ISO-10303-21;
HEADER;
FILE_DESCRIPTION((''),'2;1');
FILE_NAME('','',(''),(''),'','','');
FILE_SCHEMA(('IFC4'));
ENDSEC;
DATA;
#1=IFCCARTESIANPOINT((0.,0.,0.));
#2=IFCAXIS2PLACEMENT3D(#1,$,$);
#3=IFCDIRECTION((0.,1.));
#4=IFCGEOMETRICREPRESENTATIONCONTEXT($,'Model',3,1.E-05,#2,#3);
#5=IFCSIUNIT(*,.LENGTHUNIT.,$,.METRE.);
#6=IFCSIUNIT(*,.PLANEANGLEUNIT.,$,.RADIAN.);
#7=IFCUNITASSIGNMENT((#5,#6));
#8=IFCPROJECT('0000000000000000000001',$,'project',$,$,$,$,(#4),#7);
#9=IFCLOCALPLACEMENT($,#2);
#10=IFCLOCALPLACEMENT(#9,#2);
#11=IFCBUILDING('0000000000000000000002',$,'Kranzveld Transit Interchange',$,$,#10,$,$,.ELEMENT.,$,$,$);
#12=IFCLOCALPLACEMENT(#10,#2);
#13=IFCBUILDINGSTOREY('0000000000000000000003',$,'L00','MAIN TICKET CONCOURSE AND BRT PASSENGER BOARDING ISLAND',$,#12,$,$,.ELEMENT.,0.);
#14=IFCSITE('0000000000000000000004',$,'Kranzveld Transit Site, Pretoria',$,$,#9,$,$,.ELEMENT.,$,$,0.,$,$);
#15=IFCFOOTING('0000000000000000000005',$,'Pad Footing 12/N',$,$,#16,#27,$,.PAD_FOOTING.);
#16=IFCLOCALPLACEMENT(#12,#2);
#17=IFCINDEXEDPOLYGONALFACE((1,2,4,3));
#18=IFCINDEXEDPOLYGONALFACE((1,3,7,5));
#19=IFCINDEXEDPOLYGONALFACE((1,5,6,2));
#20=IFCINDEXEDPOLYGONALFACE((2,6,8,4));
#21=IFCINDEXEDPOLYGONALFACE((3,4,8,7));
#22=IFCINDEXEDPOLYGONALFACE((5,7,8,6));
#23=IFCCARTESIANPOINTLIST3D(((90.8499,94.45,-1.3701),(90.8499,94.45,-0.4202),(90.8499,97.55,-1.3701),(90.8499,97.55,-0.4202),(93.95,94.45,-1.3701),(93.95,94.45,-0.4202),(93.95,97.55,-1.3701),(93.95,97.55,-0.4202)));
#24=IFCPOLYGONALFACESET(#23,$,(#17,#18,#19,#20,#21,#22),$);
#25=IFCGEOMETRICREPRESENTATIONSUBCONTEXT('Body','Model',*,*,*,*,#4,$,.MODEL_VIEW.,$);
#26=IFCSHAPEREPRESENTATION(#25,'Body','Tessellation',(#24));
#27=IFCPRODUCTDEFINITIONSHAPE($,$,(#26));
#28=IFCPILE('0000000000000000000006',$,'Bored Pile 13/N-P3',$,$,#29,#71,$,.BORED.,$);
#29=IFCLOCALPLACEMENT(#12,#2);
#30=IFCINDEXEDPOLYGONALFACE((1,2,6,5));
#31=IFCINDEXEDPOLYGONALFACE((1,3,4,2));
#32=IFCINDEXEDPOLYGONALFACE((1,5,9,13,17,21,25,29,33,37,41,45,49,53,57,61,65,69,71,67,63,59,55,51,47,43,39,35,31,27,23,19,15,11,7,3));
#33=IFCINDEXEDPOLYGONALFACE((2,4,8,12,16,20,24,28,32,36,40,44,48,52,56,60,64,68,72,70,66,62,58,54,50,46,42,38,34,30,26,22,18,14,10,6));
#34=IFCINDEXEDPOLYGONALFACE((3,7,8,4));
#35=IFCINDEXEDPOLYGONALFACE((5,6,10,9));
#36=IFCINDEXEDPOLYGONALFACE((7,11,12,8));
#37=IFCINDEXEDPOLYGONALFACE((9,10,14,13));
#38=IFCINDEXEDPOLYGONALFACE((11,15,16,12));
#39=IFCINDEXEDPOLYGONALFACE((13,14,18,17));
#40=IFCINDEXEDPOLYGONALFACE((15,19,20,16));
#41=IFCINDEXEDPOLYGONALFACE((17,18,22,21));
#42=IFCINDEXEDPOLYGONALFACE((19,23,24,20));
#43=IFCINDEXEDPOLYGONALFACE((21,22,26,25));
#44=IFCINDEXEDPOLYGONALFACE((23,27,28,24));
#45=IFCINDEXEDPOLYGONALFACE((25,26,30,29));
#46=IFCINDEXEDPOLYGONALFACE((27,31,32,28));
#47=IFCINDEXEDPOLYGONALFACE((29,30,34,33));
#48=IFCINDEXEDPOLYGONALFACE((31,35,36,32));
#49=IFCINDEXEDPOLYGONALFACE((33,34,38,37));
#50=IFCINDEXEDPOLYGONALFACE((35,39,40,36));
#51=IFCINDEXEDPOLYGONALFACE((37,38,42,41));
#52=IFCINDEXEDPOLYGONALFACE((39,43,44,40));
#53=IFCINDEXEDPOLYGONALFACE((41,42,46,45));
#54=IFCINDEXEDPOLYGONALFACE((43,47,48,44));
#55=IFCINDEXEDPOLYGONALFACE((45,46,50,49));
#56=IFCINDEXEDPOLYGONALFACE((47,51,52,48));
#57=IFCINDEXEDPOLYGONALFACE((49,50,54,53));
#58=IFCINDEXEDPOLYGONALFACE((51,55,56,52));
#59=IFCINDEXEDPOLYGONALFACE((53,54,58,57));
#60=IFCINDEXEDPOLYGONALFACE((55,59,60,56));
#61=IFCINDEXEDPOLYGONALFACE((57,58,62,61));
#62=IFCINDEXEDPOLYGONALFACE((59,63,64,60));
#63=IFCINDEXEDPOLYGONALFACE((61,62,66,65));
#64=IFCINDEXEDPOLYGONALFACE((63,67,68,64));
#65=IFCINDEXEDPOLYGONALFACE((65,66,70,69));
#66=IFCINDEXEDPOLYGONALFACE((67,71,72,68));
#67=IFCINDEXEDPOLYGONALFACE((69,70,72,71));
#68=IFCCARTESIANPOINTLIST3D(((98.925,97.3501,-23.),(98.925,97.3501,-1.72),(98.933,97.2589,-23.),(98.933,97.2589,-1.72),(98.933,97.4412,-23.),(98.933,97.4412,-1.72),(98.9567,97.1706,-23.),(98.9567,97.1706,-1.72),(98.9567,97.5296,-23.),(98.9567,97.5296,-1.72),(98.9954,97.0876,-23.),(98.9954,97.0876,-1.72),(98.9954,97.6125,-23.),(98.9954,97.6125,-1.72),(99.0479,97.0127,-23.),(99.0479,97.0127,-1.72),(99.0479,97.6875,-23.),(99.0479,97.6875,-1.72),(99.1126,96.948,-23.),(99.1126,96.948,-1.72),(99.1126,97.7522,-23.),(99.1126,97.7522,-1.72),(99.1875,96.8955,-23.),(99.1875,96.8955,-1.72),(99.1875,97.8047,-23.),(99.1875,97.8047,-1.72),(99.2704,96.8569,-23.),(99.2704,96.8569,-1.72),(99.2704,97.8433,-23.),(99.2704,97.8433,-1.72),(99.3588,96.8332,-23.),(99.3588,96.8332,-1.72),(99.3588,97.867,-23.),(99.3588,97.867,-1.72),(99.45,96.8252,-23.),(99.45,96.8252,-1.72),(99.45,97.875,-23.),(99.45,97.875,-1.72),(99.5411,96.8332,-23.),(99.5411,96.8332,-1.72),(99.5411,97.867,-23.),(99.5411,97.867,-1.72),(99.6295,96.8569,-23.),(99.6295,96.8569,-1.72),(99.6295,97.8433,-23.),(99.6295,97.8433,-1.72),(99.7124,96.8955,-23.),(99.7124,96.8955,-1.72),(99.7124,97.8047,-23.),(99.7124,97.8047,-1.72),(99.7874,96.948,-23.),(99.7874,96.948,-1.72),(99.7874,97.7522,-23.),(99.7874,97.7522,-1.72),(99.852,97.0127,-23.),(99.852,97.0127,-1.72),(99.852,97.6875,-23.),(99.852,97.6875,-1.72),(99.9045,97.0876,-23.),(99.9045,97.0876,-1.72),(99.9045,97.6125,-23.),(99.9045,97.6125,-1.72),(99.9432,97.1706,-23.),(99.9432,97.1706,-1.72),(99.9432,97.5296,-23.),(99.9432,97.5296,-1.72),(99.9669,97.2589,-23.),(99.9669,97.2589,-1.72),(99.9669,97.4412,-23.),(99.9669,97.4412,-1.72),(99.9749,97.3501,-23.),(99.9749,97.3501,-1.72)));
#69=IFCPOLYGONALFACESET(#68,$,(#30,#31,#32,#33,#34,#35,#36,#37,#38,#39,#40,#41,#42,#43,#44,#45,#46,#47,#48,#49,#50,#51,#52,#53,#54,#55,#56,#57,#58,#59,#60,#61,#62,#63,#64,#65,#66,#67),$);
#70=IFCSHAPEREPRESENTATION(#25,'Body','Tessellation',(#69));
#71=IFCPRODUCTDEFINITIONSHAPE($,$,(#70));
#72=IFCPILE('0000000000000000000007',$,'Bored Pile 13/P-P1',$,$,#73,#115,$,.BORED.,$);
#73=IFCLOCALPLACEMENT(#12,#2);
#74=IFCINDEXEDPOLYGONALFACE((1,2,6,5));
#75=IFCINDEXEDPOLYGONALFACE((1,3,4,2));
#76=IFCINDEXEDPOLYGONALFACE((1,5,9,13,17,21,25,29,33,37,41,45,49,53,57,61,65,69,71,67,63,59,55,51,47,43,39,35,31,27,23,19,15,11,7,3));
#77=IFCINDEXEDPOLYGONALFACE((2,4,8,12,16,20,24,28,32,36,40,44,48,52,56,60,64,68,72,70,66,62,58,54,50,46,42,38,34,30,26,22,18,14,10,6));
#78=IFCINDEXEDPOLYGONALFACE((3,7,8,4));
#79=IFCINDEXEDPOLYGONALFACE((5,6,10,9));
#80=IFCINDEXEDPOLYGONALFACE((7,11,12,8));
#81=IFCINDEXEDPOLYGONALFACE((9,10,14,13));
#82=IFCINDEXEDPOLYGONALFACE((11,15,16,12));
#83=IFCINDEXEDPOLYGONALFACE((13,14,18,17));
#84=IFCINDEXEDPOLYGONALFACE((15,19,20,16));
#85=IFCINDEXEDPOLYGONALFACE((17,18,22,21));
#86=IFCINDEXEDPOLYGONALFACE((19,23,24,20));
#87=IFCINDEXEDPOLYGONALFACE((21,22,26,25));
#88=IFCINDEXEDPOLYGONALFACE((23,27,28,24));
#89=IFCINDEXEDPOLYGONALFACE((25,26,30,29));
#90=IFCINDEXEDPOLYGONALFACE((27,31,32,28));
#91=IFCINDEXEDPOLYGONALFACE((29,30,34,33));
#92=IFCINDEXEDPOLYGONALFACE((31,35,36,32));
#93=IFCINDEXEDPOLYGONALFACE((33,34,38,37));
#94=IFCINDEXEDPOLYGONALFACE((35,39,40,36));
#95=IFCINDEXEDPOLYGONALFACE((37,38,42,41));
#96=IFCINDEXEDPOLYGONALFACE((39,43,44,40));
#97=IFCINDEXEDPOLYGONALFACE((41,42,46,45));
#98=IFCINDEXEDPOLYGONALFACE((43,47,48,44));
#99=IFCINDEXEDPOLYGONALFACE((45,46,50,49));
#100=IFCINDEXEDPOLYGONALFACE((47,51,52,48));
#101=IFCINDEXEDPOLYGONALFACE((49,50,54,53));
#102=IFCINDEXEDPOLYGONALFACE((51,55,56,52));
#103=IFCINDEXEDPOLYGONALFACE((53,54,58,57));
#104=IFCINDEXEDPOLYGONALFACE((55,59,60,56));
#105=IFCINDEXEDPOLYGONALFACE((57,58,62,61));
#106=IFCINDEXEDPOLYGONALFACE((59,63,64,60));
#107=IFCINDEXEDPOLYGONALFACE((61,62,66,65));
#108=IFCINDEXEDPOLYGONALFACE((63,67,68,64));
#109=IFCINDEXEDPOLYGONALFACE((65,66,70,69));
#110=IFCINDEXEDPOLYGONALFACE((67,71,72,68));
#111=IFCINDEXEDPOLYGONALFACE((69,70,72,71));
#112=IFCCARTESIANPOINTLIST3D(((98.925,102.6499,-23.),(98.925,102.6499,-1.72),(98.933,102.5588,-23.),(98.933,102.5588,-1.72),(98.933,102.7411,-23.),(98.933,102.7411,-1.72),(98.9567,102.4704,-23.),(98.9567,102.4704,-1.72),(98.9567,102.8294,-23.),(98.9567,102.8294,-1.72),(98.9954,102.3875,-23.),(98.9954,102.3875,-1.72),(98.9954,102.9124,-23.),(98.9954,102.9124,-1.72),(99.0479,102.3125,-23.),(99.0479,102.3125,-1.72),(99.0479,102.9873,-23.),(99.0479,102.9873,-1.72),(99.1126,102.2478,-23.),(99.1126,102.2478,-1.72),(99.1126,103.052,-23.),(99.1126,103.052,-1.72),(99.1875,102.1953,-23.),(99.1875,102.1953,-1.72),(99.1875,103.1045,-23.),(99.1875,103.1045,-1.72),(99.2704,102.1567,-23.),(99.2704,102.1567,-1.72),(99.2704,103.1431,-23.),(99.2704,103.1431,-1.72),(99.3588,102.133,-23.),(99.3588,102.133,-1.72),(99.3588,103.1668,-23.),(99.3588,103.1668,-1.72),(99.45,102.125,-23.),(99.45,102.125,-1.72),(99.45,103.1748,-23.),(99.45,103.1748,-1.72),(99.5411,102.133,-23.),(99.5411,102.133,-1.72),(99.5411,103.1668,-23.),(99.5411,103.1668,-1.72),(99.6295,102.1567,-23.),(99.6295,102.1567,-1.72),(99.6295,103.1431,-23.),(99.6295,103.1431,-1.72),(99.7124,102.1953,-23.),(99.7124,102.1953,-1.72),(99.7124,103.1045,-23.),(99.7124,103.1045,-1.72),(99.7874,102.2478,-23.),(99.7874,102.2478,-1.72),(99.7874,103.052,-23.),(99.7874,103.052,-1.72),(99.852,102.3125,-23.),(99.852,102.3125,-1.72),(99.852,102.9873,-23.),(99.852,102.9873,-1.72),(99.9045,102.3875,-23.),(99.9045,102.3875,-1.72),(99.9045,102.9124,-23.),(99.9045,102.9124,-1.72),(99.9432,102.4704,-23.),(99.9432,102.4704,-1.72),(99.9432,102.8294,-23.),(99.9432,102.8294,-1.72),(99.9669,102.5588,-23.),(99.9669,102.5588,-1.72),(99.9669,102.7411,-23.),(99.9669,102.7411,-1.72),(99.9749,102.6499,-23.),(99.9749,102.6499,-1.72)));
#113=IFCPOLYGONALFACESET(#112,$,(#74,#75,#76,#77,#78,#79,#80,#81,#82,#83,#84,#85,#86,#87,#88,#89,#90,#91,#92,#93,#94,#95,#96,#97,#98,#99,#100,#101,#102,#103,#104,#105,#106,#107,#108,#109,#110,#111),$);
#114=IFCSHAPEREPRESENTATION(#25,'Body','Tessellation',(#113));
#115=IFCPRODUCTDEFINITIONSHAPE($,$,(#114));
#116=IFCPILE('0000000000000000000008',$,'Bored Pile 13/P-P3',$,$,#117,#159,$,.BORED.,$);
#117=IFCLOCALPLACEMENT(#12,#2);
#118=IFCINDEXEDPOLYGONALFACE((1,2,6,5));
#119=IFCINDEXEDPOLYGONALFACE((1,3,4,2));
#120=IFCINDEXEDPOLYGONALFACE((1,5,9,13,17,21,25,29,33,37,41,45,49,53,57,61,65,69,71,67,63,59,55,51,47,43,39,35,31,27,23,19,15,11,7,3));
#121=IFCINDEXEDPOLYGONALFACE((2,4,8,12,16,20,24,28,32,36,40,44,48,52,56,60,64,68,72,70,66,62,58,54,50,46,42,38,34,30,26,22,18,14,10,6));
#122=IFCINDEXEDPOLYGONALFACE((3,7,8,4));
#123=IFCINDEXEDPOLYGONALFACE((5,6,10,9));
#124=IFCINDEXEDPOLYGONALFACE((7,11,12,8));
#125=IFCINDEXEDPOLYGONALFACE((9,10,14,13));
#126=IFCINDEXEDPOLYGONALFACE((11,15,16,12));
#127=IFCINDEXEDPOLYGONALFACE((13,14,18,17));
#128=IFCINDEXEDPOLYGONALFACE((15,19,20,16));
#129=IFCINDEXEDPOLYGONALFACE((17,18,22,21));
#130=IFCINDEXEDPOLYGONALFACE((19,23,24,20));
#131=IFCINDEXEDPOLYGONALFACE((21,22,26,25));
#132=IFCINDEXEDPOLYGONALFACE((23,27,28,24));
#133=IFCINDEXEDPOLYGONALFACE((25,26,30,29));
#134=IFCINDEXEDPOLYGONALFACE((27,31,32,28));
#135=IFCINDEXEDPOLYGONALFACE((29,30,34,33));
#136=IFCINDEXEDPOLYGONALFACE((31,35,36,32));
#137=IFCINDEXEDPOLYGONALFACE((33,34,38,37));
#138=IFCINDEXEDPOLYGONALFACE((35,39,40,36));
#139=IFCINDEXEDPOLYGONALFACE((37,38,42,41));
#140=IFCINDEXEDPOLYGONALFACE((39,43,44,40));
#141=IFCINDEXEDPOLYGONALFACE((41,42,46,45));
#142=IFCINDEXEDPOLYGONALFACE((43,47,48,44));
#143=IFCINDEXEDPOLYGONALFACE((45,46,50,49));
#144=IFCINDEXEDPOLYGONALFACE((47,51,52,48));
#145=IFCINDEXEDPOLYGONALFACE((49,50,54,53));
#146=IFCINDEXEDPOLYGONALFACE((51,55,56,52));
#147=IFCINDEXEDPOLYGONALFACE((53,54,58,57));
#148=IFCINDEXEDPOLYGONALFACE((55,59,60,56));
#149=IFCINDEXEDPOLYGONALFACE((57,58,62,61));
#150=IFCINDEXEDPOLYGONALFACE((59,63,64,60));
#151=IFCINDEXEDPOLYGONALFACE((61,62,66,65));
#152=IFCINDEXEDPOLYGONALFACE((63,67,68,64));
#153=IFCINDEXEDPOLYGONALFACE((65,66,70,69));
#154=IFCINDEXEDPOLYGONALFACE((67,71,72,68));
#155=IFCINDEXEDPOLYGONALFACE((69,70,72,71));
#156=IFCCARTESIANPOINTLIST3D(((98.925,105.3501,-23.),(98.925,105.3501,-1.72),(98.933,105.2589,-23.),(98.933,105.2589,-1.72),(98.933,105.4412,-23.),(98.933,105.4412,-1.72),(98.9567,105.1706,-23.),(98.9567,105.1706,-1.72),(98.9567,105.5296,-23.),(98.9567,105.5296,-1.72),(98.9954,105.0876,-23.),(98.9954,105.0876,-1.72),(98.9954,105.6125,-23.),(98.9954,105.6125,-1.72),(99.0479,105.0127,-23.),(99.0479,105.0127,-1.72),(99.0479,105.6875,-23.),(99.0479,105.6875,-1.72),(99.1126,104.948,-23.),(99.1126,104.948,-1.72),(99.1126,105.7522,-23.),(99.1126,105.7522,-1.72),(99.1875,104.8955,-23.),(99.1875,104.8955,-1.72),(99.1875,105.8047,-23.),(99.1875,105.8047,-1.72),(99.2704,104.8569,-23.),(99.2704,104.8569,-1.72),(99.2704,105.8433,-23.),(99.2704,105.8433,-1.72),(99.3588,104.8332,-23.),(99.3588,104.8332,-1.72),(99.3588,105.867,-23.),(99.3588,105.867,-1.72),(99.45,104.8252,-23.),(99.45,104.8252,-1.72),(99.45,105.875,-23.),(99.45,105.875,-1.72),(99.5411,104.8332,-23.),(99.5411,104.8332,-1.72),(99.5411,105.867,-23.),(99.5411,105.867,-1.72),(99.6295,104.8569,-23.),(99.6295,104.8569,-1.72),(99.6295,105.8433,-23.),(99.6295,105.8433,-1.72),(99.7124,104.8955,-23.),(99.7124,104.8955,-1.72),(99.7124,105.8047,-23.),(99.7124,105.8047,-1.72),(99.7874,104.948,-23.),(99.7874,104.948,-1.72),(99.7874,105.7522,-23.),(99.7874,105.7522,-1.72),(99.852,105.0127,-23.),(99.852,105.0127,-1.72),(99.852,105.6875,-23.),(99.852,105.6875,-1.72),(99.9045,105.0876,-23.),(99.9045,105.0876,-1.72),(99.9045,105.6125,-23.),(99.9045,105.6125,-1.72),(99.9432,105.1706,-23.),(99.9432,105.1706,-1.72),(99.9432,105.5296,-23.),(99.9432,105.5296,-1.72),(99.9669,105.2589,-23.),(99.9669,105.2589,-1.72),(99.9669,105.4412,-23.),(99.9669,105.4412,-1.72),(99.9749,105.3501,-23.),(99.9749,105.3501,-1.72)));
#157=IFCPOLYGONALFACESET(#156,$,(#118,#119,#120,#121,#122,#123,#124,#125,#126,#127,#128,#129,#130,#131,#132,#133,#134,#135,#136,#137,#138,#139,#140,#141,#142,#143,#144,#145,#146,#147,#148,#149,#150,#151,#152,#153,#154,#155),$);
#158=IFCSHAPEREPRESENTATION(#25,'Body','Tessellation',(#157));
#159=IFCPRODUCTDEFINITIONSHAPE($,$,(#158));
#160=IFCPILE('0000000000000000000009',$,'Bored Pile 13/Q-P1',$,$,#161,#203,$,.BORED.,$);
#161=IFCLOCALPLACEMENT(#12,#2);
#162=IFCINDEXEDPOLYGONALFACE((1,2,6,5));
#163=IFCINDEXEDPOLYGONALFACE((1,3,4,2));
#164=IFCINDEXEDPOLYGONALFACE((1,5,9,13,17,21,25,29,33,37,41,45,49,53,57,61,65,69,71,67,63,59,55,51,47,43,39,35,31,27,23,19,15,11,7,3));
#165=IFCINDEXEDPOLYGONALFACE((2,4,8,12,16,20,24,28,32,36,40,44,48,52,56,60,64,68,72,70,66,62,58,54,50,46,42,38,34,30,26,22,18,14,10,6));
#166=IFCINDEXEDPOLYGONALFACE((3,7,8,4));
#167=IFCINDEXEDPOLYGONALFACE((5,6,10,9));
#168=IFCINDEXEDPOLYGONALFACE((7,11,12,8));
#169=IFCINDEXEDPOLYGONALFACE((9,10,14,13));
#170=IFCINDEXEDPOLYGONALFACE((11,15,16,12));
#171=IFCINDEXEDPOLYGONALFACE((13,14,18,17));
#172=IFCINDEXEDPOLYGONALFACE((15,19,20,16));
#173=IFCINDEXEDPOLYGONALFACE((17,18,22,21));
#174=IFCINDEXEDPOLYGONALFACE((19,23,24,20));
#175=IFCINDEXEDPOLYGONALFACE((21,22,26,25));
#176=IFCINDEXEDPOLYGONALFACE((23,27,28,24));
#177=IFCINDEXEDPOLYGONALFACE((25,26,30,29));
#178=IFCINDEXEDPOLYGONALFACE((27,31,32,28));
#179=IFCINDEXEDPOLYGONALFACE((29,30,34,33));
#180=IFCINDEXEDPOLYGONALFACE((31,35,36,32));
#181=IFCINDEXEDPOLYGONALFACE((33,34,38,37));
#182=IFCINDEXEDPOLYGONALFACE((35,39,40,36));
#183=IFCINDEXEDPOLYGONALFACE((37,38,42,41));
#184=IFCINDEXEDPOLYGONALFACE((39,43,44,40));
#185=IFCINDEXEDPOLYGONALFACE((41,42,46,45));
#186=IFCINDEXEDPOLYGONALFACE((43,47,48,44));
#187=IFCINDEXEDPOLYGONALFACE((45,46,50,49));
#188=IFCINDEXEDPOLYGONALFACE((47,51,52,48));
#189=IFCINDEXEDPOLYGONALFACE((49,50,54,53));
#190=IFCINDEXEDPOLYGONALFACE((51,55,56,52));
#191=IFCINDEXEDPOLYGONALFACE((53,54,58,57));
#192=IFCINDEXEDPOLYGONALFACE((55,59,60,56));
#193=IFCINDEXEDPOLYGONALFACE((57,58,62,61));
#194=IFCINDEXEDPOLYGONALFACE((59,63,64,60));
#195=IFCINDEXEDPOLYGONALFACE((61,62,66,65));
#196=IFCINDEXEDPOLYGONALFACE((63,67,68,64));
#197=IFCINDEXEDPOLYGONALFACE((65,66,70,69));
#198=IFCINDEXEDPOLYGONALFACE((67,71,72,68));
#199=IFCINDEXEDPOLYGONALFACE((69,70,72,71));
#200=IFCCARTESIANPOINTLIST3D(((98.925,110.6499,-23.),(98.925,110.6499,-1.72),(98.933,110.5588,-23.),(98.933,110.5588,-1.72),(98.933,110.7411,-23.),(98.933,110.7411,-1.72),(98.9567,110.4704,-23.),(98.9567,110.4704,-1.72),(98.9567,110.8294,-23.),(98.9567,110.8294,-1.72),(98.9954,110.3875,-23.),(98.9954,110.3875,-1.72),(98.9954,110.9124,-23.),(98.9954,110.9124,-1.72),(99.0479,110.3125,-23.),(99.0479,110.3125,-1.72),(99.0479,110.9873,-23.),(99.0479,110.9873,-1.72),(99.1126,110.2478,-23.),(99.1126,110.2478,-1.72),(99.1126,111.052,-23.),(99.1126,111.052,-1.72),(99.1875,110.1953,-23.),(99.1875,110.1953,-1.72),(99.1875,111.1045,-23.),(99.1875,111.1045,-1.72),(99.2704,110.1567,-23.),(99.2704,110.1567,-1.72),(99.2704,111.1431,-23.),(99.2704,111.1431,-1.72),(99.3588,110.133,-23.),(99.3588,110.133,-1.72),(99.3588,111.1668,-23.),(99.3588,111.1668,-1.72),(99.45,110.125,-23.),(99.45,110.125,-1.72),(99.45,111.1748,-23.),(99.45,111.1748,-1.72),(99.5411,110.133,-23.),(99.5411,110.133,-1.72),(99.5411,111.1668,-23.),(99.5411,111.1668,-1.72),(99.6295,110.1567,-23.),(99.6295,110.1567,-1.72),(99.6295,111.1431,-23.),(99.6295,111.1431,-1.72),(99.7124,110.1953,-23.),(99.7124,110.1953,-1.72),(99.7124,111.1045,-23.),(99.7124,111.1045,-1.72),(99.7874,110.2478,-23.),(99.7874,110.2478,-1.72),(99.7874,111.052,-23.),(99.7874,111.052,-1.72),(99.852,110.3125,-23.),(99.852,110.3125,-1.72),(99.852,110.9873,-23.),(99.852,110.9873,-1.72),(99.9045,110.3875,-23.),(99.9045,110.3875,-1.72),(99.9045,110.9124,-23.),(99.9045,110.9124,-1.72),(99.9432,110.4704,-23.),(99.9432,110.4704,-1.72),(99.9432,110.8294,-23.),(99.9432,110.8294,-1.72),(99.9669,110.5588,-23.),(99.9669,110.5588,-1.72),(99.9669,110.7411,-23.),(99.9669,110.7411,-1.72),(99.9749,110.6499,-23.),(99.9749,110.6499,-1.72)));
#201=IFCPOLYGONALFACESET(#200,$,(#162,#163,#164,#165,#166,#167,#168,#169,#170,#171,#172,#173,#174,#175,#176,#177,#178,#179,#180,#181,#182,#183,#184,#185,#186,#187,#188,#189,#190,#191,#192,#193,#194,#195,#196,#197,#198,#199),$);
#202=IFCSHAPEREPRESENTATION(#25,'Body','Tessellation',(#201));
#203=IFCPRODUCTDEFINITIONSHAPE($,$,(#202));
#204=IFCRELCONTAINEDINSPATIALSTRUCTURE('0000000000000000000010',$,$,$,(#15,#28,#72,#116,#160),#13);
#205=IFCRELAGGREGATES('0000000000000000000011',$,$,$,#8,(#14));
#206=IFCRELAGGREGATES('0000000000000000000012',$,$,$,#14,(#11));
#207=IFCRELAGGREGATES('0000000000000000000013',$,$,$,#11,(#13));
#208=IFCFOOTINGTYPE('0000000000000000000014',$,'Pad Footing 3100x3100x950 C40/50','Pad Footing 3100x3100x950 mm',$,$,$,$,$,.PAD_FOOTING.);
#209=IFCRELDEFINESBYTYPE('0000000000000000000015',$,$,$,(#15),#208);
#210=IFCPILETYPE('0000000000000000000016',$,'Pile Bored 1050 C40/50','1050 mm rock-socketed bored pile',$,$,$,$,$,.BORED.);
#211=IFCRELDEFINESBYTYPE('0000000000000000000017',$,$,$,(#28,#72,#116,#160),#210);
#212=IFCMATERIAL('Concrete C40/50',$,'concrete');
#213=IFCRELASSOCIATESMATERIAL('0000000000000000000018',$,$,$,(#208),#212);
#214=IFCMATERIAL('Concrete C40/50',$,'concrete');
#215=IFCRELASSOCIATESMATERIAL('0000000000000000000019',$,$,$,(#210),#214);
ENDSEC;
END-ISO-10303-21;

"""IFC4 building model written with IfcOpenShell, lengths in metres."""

from ifc_helpers import new_model, si_unit, direction, frame, origin, origin_2d, place, context, subcontext, project, spatial, rectangle, circle, extrude, material, material_profile, profile_set, type_object, element, save


model = new_model("IFC4")

# Units and contexts
model_context = context("Model", 3, precision=1e-05, world=origin(), true_north=direction((0.0, 1.0)))
body_context = subcontext(model_context, "Body", "Model", "MODEL_VIEW")
ifc_project = project(units=[si_unit("LENGTHUNIT", "METRE"), si_unit("PLANEANGLEUNIT", "RADIAN")], contexts=[model_context])

# Site, building, storey
site_placement = place(None, origin())
site = spatial("IfcSite", under=ifc_project, at=site_placement, Name="Kranzveld Transit Site, Pretoria", CompositionType="ELEMENT", RefElevation=0.0)
building_placement = place(site_placement, origin())
building = spatial("IfcBuilding", under=site, at=building_placement, Name="Kranzveld Transit Interchange", CompositionType="ELEMENT")
storey_placement = place(building_placement, origin())
storey = spatial("IfcBuildingStorey", under=building, at=storey_placement, Name="L00", Description="MAIN TICKET CONCOURSE AND BRT PASSENGER BOARDING ISLAND", CompositionType="ELEMENT", Elevation=0.0)

# Footing
ifc_material_1 = material(Name="Concrete C40/50", Category="concrete")
footing_type_1 = type_object("IfcFootingType", Name="Pad Footing 3100x3100x950 C40/50", Description="Pad Footing 3100x3100x950 mm", PredefinedType="PAD_FOOTING", material=ifc_material_1)
footing_placement = place(storey_placement, frame((92.3999, 96.0, -1.3701), z_axis=(0.0, 0.0, 1.0), x_axis=(1.0, 0.0, 0.0)))
element("IfcFooting", 1, at=footing_placement, inside=storey, type_object=footing_type_1, Name="Pad Footing 12/N", PredefinedType="PAD_FOOTING", context=body_context, shape_type="SweptSolid", body=[
    extrude(rectangle(XDim=3.1001, YDim=3.1001, at=origin_2d()), origin(), (0.0, 0.0, 1.0), 0.95),
])

# Piles
ifc_material_2 = material(Name="Concrete C40/50", Category="concrete")
ifc_material_profile_1 = material_profile(ifc_material_2, circle(Radius=0.5249, at=origin_2d()), Name="BORED PILE 1050")
ifc_profile_set_1 = profile_set([ifc_material_profile_1], Name="Concrete C40/50")
pile_type = type_object("IfcPileType", Name="Pile Bored 1050 C40/50", Description="1050 mm rock-socketed bored pile", PredefinedType="BORED", material=ifc_profile_set_1)
for number, where, z_axis, x_axis, name in (
    (2, (99.45, 97.3501, -1.72), (0.0, 0.0, -1.0), (1.0, 0.0, 0.0), "Bored Pile 13/N-P3"),
    (3, (99.45, 102.6499, -1.72), (0.0, 0.0, -1.0), (1.0, 0.0, 0.0), "Bored Pile 13/P-P1"),
    (4, (99.45, 105.3501, -1.72), (0.0, 0.0, -1.0), (1.0, 0.0, 0.0), "Bored Pile 13/P-P3"),
    (5, (99.45, 110.6499, -1.72), (0.0, 0.0, -1.0), (1.0, 0.0, 0.0), "Bored Pile 13/Q-P1"),
):
    element("IfcPile", number, at=place(storey_placement, frame(where, z_axis=z_axis, x_axis=x_axis)), inside=storey, type_object=pile_type, Name=name, PredefinedType="BORED", context=body_context, shape_type="SweptSolid", body=[
        extrude(circle(Radius=0.5249, at=origin_2d()), origin(), (0.0, 0.0, 1.0), 21.28),
    ])

save(model, "model.ifc")
